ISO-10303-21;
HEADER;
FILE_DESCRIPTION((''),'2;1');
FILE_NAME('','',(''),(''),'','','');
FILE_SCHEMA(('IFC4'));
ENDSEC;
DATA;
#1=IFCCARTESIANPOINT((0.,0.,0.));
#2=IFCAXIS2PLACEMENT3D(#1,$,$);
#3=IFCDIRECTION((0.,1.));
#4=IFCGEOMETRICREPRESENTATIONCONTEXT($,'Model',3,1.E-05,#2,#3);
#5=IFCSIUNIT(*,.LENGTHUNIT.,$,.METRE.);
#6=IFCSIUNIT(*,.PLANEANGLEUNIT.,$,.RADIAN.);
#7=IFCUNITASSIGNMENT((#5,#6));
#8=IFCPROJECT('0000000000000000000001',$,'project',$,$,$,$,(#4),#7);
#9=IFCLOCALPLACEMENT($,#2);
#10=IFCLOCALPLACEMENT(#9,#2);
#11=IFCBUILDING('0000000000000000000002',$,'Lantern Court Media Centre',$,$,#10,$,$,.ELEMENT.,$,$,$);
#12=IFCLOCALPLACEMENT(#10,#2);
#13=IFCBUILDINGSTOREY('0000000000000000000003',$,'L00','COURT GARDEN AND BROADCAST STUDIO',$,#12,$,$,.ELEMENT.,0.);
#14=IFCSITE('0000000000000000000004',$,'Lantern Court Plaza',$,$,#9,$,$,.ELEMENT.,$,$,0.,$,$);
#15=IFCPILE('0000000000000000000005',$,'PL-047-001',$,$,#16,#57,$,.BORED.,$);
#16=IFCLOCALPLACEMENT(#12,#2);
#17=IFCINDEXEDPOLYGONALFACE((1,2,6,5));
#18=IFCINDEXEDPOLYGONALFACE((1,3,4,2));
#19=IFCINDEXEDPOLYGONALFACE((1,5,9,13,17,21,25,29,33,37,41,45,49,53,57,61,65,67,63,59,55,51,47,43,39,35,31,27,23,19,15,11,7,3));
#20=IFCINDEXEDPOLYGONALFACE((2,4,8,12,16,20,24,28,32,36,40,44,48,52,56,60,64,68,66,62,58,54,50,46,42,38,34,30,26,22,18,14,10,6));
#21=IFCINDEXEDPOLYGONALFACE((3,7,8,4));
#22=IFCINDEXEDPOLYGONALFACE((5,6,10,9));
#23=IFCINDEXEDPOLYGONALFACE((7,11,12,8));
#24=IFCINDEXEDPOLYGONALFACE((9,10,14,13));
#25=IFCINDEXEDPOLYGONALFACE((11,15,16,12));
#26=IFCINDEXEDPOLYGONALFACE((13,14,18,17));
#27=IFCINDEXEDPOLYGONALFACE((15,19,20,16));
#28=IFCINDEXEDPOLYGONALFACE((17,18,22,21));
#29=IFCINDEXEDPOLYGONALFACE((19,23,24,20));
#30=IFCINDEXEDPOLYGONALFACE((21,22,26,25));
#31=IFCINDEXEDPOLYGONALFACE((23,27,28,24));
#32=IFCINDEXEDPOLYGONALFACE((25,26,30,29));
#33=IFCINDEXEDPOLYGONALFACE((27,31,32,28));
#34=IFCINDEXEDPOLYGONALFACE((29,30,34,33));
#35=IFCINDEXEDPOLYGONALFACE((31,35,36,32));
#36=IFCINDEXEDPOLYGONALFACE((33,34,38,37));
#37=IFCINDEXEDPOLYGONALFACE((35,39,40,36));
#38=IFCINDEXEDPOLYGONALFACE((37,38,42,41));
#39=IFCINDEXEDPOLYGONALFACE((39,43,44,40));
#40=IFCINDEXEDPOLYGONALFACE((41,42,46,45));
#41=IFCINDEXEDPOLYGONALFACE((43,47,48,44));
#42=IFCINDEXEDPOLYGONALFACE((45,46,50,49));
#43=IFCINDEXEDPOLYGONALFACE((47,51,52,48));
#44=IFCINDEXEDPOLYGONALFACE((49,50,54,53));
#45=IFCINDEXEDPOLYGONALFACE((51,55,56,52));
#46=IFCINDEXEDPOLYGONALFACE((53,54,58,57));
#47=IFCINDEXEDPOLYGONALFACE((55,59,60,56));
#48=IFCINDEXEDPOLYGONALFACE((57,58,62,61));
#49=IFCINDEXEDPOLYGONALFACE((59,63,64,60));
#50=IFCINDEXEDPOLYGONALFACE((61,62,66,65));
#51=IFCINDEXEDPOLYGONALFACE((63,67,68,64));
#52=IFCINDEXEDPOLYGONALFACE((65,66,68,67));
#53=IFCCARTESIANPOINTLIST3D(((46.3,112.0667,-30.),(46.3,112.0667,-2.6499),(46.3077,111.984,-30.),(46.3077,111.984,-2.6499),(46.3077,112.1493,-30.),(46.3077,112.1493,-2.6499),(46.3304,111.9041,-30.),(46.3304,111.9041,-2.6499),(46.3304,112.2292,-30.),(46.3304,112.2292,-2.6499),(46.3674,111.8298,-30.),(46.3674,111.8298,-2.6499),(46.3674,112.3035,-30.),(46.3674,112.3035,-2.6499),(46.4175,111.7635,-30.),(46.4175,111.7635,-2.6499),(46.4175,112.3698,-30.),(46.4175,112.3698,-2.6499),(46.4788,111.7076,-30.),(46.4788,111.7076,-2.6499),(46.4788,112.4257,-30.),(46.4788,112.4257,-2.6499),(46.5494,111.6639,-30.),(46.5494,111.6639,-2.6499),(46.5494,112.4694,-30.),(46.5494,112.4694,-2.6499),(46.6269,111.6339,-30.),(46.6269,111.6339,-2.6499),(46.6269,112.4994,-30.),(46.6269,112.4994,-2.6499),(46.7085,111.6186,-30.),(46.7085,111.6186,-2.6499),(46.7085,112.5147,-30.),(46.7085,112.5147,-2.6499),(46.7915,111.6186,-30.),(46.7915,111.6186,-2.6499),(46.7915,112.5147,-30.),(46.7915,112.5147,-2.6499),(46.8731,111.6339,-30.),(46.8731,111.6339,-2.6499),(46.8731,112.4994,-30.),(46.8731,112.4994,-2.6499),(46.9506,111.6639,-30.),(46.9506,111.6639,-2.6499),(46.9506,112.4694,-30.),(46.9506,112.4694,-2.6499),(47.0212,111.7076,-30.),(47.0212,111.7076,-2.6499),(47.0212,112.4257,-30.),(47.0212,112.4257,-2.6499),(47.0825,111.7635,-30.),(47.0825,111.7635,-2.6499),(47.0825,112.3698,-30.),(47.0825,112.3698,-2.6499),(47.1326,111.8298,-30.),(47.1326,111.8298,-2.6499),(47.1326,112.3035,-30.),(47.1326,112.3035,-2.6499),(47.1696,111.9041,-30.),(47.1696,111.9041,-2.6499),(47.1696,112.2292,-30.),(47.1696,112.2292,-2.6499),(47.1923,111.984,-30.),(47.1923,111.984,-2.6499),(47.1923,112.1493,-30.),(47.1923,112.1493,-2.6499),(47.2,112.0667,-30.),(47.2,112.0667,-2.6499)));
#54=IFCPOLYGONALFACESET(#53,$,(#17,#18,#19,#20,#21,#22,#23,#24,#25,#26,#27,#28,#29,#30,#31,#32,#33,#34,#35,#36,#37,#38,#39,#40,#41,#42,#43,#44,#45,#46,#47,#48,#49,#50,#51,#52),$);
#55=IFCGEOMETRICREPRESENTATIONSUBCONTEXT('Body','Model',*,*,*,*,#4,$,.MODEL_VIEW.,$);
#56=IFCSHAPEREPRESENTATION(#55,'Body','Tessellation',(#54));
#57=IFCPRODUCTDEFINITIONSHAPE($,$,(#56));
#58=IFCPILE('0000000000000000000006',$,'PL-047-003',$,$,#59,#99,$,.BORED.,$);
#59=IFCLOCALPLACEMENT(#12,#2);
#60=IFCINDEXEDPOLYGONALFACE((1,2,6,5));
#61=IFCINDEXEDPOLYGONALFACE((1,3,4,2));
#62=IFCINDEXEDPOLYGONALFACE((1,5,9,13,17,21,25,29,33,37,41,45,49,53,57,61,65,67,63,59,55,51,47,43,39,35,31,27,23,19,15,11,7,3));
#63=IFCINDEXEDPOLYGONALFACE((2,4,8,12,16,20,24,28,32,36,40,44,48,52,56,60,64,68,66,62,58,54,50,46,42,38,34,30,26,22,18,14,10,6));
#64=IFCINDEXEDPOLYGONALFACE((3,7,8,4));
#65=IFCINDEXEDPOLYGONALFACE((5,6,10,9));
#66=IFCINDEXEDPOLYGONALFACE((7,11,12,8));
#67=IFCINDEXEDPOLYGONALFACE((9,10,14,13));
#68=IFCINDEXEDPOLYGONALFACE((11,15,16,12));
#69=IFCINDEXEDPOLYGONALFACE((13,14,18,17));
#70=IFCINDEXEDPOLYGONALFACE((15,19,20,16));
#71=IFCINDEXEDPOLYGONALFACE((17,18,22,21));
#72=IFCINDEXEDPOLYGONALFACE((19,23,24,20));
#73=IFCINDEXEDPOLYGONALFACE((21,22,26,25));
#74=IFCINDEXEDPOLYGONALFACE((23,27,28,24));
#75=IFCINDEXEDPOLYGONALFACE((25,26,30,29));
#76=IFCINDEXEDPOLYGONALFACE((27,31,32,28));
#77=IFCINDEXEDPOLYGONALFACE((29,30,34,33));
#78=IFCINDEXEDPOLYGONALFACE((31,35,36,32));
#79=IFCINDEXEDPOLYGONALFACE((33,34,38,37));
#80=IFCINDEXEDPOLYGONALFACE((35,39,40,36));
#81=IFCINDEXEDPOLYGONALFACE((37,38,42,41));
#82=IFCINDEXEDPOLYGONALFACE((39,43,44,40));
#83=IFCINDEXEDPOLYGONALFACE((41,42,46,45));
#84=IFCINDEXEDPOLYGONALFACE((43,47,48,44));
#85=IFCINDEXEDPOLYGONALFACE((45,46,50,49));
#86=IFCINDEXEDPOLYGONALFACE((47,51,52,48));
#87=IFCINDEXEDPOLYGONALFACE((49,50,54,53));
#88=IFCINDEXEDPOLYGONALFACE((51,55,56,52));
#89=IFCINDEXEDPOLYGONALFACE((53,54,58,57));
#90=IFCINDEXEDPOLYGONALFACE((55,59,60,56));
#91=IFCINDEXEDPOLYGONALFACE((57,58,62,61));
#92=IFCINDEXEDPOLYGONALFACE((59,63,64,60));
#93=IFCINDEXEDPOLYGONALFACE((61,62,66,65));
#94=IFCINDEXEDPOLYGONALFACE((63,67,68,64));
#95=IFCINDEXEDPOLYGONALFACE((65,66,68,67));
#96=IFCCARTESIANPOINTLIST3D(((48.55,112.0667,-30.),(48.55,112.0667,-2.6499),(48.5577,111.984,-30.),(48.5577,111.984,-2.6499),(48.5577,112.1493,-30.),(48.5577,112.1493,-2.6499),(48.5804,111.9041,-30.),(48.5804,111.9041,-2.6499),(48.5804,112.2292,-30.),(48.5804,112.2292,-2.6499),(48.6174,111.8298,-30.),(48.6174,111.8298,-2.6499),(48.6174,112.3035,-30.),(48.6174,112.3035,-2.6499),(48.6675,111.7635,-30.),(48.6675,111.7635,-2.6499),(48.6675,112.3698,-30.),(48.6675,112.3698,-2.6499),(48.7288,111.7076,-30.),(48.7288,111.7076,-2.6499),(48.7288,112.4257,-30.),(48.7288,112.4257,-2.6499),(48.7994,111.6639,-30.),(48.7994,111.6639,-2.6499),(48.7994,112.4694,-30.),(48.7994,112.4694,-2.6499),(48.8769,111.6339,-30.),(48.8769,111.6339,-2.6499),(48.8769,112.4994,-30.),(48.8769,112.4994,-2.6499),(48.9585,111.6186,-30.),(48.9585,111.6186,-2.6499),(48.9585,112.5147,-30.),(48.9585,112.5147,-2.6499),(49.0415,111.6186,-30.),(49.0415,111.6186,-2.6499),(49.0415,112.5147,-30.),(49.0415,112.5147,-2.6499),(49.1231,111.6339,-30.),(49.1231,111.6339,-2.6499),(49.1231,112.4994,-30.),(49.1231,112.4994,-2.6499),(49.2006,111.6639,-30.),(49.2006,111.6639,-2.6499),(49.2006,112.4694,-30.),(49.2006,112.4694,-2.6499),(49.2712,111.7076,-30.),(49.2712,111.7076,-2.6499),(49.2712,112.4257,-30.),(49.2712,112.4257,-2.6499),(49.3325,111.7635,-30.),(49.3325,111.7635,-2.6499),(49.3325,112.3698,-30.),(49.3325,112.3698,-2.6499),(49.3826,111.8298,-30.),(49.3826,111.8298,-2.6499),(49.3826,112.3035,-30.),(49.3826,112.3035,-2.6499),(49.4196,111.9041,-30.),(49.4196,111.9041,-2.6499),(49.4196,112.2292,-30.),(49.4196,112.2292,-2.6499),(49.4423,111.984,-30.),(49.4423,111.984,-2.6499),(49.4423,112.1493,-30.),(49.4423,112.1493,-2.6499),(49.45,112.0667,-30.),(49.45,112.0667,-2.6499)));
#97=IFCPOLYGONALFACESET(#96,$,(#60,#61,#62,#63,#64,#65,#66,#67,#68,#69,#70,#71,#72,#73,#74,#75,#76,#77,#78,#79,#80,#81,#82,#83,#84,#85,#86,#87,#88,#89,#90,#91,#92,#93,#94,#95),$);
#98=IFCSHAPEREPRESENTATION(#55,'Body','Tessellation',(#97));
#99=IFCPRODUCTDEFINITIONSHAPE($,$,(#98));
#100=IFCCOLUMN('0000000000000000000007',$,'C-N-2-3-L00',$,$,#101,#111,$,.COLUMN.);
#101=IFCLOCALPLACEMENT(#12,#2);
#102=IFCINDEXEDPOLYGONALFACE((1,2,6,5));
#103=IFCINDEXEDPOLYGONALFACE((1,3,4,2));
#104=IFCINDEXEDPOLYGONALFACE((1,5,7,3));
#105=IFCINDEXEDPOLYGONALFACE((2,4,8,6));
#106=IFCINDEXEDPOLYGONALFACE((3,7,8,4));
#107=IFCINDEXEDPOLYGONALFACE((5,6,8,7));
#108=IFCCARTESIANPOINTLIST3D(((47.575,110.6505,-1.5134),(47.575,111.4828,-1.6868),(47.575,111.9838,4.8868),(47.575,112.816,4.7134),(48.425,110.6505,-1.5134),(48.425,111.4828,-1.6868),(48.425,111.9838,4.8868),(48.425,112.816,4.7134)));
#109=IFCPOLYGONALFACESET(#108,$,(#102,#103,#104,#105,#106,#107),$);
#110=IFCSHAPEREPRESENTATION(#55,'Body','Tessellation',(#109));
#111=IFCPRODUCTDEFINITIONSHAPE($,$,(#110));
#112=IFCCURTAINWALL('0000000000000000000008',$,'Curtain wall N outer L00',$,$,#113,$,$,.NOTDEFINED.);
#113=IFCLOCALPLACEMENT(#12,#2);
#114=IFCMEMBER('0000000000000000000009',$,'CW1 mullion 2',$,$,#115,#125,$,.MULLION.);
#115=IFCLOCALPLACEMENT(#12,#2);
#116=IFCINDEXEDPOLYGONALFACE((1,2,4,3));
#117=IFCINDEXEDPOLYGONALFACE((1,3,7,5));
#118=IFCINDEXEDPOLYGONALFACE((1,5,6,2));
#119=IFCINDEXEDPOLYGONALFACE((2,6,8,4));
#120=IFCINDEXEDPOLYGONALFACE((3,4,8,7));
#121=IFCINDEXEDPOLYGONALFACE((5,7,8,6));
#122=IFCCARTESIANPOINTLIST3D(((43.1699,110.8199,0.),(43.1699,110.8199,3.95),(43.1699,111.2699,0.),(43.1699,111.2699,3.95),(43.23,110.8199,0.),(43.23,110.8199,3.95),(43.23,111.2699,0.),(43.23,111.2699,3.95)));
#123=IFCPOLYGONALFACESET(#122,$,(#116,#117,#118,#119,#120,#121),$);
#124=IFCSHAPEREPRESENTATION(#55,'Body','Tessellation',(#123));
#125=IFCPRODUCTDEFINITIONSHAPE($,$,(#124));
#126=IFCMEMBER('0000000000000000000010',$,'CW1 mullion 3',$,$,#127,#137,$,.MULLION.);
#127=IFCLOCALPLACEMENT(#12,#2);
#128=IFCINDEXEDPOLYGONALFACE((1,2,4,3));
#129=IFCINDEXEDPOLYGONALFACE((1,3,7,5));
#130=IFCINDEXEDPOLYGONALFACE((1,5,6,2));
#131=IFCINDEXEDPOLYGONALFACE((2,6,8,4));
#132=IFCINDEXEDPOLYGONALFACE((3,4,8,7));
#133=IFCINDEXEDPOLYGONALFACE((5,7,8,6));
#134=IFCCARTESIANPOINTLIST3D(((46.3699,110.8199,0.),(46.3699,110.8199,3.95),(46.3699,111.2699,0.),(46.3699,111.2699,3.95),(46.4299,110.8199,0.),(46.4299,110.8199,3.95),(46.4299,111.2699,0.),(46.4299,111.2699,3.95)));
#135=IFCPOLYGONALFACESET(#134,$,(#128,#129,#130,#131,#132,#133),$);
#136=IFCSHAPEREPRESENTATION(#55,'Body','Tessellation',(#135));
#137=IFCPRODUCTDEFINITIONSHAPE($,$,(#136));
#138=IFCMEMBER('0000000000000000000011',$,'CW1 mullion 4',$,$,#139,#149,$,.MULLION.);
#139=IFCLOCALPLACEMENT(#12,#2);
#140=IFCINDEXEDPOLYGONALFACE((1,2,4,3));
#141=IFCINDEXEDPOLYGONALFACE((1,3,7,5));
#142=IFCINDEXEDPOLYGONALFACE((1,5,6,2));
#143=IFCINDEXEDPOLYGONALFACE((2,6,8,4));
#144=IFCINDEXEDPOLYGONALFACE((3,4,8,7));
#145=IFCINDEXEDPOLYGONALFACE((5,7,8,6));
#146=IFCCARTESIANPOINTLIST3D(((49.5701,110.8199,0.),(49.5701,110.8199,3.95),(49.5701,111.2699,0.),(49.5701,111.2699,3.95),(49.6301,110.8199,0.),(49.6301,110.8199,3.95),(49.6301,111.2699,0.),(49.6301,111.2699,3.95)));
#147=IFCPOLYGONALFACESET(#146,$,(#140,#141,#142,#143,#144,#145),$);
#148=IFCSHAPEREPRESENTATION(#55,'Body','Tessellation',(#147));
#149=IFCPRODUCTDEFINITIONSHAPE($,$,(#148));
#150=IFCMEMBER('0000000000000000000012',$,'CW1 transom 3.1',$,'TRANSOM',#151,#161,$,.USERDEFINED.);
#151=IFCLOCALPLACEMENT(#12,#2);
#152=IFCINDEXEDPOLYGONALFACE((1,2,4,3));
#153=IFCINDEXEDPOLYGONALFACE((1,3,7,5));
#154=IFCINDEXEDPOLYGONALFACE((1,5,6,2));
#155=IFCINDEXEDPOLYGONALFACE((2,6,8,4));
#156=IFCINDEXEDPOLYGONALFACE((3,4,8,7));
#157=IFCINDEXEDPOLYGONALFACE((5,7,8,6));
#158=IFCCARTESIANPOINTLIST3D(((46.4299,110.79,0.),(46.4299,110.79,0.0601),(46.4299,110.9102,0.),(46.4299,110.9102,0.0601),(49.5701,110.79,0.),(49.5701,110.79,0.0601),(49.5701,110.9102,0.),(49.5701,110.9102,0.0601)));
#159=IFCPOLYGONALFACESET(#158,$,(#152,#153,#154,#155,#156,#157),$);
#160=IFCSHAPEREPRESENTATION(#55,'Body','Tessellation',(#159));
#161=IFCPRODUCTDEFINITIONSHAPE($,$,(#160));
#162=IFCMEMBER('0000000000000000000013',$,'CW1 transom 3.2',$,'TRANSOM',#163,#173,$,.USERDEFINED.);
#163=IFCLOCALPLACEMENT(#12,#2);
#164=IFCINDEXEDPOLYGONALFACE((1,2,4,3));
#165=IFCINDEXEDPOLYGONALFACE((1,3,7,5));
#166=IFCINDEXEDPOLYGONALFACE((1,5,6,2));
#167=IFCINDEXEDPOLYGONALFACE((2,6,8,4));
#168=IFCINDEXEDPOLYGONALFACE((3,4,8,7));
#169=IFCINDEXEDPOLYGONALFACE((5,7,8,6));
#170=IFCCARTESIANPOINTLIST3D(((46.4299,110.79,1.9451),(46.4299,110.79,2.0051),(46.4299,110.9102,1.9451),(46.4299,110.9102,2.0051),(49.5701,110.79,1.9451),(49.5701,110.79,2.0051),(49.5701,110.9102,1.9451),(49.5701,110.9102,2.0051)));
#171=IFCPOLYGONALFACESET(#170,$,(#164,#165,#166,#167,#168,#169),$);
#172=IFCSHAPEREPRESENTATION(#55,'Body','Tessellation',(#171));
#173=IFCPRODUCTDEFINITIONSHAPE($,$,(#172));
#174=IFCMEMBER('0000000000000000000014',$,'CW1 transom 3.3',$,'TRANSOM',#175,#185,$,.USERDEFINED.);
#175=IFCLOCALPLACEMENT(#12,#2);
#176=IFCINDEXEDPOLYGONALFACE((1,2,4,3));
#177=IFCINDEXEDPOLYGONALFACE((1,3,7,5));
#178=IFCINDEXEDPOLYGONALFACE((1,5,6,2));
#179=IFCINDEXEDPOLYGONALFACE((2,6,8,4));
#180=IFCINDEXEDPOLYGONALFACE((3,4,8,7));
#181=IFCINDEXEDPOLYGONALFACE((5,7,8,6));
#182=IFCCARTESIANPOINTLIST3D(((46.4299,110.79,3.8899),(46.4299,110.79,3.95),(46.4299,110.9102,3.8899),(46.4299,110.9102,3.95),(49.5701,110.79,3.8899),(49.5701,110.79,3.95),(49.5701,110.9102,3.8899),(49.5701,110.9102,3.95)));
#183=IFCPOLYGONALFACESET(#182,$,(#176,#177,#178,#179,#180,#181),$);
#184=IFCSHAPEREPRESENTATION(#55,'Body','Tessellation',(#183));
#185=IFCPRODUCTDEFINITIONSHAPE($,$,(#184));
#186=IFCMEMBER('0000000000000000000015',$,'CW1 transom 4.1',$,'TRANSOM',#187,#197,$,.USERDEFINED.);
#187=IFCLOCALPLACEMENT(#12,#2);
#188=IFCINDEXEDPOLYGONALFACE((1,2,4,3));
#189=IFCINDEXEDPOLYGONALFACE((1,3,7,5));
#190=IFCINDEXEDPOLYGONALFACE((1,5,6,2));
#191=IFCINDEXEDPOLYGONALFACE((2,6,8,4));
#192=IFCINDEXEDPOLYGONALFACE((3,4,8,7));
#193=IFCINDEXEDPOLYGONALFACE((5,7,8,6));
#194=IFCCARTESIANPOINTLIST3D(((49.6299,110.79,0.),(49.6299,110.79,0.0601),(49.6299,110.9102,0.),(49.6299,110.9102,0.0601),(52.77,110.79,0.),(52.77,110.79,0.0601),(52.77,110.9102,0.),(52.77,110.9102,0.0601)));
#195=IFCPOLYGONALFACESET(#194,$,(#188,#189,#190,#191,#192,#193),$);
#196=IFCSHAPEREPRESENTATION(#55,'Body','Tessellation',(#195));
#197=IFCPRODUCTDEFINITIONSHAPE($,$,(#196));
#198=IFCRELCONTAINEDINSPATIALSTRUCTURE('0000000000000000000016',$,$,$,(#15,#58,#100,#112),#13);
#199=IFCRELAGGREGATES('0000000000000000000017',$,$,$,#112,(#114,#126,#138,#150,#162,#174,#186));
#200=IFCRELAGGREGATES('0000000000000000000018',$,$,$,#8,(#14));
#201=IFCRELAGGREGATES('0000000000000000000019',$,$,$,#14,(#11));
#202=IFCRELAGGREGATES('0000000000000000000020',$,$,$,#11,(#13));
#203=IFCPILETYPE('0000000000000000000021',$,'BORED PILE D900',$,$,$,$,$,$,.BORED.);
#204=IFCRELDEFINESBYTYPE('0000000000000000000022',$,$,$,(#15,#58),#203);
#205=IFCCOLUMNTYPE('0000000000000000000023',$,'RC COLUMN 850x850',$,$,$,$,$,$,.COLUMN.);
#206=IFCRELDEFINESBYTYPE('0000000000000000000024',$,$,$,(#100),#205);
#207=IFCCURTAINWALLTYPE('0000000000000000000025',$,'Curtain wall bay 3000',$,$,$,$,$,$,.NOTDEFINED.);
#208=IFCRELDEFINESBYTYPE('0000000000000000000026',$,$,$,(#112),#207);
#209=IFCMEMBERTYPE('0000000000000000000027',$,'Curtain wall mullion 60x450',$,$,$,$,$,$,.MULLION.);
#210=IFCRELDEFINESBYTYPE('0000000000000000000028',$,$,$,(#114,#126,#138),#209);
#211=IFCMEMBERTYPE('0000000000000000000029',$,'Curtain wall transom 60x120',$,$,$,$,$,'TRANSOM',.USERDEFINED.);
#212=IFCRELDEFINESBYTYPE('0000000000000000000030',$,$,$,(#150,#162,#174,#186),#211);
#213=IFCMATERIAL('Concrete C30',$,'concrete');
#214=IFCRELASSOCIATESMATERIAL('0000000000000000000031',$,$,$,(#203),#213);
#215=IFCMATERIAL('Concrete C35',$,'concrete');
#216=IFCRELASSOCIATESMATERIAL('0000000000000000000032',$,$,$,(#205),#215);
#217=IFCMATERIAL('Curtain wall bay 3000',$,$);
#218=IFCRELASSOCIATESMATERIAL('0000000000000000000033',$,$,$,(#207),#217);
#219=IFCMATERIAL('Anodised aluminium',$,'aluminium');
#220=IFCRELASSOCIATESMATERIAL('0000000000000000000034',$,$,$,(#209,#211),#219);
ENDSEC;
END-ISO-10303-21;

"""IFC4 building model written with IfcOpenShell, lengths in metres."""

from ifc_helpers import new_model, si_unit, direction, frame, origin, origin_2d, place, context, subcontext, project, spatial, rectangle, circle, extrude, material, material_profile, profile_set, type_object, element, aggregate, save


model = new_model("IFC4")

# Units and contexts
model_context = context("Model", 3, precision=1e-05, world=origin(), true_north=direction((0.0, 1.0)))
body_context = subcontext(model_context, "Body", "Model", "MODEL_VIEW")
ifc_project = project(units=[si_unit("LENGTHUNIT", "METRE"), si_unit("PLANEANGLEUNIT", "RADIAN")], contexts=[model_context])

# Site, building, storey
site_placement = place(None, origin())
site = spatial("IfcSite", under=ifc_project, at=site_placement, Name="Lantern Court Plaza", CompositionType="ELEMENT", RefElevation=0.0)
building_placement = place(site_placement, origin())
building = spatial("IfcBuilding", under=site, at=building_placement, Name="Lantern Court Media Centre", CompositionType="ELEMENT")
storey_placement = place(building_placement, origin())
storey = spatial("IfcBuildingStorey", under=building, at=storey_placement, Name="L00", Description="COURT GARDEN AND BROADCAST STUDIO", CompositionType="ELEMENT", Elevation=0.0)

# Piles
ifc_material_1 = material(Name="Concrete C30", Category="concrete")
ifc_material_profile_1 = material_profile(ifc_material_1, circle(Radius=0.45, at=origin_2d()), Name="D900")
ifc_profile_set_1 = profile_set([ifc_material_profile_1], Name="Concrete C30")
pile_type = type_object("IfcPileType", Name="BORED PILE D900", PredefinedType="BORED", material=ifc_profile_set_1)
for number, where, z_axis, x_axis, name in (
    (1, (46.75, 112.0667, -2.6499), (0.0, 0.0, -1.0), (1.0, 0.0, 0.0), "PL-047-001"),
    (2, (49.0, 112.0667, -2.6499), (0.0, 0.0, -1.0), (1.0, 0.0, 0.0), "PL-047-003"),
):
    element("IfcPile", number, at=place(storey_placement, frame(where, z_axis=z_axis, x_axis=x_axis)), inside=storey, type_object=pile_type, Name=name, PredefinedType="BORED", context=body_context, shape_type="SweptSolid", body=[
        extrude(circle(Radius=0.45, at=origin_2d()), origin(), (0.0, 0.0, 1.0), 27.3501),
    ])

# Column
ifc_material_2 = material(Name="Concrete C35", Category="concrete")
ifc_material_profile_2 = material_profile(ifc_material_2, rectangle(XDim=0.8501, YDim=0.8501, at=origin_2d()), Name="RC 850x850")
ifc_profile_set_2 = profile_set([ifc_material_profile_2], Name="Concrete C35")
column_type = type_object("IfcColumnType", Name="RC COLUMN 850x850", PredefinedType="COLUMN", material=ifc_profile_set_2)
column_placement = place(storey_placement, frame((48.0, 111.0667, -1.6001), z_axis=(0.0, 0.203938, 0.978984), x_axis=(-1.0, 0.0, 0.0)))
element("IfcColumn", 3, at=column_placement, inside=storey, type_object=column_type, Name="C-N-2-3-L00", PredefinedType="COLUMN", context=body_context, shape_type="SweptSolid", body=[
    extrude(rectangle(XDim=0.8501, YDim=0.8501, at=origin_2d()), origin(), (0.0, 0.0, 1.0), 6.5376),
])

# Curtain wall, members
ifc_material_3 = material(Name="Curtain wall bay 3000")
curtain_wall_type = type_object("IfcCurtainWallType", Name="Curtain wall bay 3000", PredefinedType="NOTDEFINED", material=ifc_material_3)
curtain_wall_placement = place(storey_placement, origin())
curtain_wall = element("IfcCurtainWall", 4, at=curtain_wall_placement, inside=storey, type_object=curtain_wall_type, Name="Curtain wall N outer L00", PredefinedType="NOTDEFINED")
ifc_material_4 = material(Name="Anodised aluminium", Category="aluminium")
ifc_material_profile_3 = material_profile(ifc_material_4, rectangle(XDim=0.45, YDim=0.0601, at=origin_2d()), Name="AL 60x450")
ifc_profile_set_3 = profile_set([ifc_material_profile_3], Name="Anodised aluminium")
member_type_1 = type_object("IfcMemberType", Name="Curtain wall mullion 60x450", PredefinedType="MULLION", material=ifc_profile_set_3)
member_1_placement = place(storey_placement, frame((43.2, 111.0449, 0.0), z_axis=(0.0, 0.0, 1.0), x_axis=(0.0, 1.0, 0.0)))
member_1 = element("IfcMember", 5, at=member_1_placement, type_object=member_type_1, Name="CW1 mullion 2", PredefinedType="MULLION", context=body_context, shape_type="SweptSolid", body=[
    extrude(rectangle(XDim=0.45, YDim=0.0601, at=origin_2d()), origin(), (0.0, 0.0, 1.0), 3.95),
])
member_2_placement = place(storey_placement, frame((46.3999, 111.0449, 0.0), z_axis=(0.0, 0.0, 1.0), x_axis=(0.0, 1.0, 0.0)))
member_2 = element("IfcMember", 6, at=member_2_placement, type_object=member_type_1, Name="CW1 mullion 3", PredefinedType="MULLION", context=body_context, shape_type="SweptSolid", body=[
    extrude(rectangle(XDim=0.45, YDim=0.0601, at=origin_2d()), origin(), (0.0, 0.0, 1.0), 3.95),
])
member_3_placement = place(storey_placement, frame((49.6001, 111.0449, 0.0), z_axis=(0.0, 0.0, 1.0), x_axis=(0.0, 1.0, 0.0)))
member_3 = element("IfcMember", 7, at=member_3_placement, type_object=member_type_1, Name="CW1 mullion 4", PredefinedType="MULLION", context=body_context, shape_type="SweptSolid", body=[
    extrude(rectangle(XDim=0.45, YDim=0.0601, at=origin_2d()), origin(), (0.0, 0.0, 1.0), 3.95),
])
ifc_material_profile_4 = material_profile(ifc_material_4, rectangle(XDim=0.1201, YDim=0.0601, at=origin_2d()), Name="AL 60x120")
ifc_profile_set_4 = profile_set([ifc_material_profile_4], Name="Anodised aluminium")
member_type_2 = type_object("IfcMemberType", Name="Curtain wall transom 60x120", ElementType="TRANSOM", PredefinedType="USERDEFINED", material=ifc_profile_set_4)
member_4_placement = place(storey_placement, frame((46.4299, 110.8501, 0.03), z_axis=(1.0, 0.0, 0.0), x_axis=(0.0, 1.0, 0.0)))
member_4 = element("IfcMember", 8, at=member_4_placement, type_object=member_type_2, Name="CW1 transom 3.1", ObjectType="TRANSOM", PredefinedType="USERDEFINED", context=body_context, shape_type="SweptSolid", body=[
    extrude(rectangle(XDim=0.1201, YDim=0.0601, at=origin_2d()), origin(), (0.0, 0.0, 1.0), 3.1401),
])
member_5_placement = place(storey_placement, frame((46.4299, 110.8501, 1.9751), z_axis=(1.0, 0.0, 0.0), x_axis=(0.0, 1.0, 0.0)))
member_5 = element("IfcMember", 9, at=member_5_placement, type_object=member_type_2, Name="CW1 transom 3.2", ObjectType="TRANSOM", PredefinedType="USERDEFINED", context=body_context, shape_type="SweptSolid", body=[
    extrude(rectangle(XDim=0.1201, YDim=0.0601, at=origin_2d()), origin(), (0.0, 0.0, 1.0), 3.1401),
])
member_6_placement = place(storey_placement, frame((46.4299, 110.8501, 3.9199), z_axis=(1.0, 0.0, 0.0), x_axis=(0.0, 1.0, 0.0)))
member_6 = element("IfcMember", 10, at=member_6_placement, type_object=member_type_2, Name="CW1 transom 3.3", ObjectType="TRANSOM", PredefinedType="USERDEFINED", context=body_context, shape_type="SweptSolid", body=[
    extrude(rectangle(XDim=0.1201, YDim=0.0601, at=origin_2d()), origin(), (0.0, 0.0, 1.0), 3.1401),
])
member_7_placement = place(storey_placement, frame((49.6299, 110.8501, 0.03), z_axis=(1.0, 0.0, 0.0), x_axis=(0.0, 1.0, 0.0)))
member_7 = element("IfcMember", 11, at=member_7_placement, type_object=member_type_2, Name="CW1 transom 4.1", ObjectType="TRANSOM", PredefinedType="USERDEFINED", context=body_context, shape_type="SweptSolid", body=[
    extrude(rectangle(XDim=0.1201, YDim=0.0601, at=origin_2d()), origin(), (0.0, 0.0, 1.0), 3.1401),
])

aggregate(curtain_wall, [member_1, member_2, member_3, member_4, member_5, member_6, member_7])

save(model, "model.ifc")
